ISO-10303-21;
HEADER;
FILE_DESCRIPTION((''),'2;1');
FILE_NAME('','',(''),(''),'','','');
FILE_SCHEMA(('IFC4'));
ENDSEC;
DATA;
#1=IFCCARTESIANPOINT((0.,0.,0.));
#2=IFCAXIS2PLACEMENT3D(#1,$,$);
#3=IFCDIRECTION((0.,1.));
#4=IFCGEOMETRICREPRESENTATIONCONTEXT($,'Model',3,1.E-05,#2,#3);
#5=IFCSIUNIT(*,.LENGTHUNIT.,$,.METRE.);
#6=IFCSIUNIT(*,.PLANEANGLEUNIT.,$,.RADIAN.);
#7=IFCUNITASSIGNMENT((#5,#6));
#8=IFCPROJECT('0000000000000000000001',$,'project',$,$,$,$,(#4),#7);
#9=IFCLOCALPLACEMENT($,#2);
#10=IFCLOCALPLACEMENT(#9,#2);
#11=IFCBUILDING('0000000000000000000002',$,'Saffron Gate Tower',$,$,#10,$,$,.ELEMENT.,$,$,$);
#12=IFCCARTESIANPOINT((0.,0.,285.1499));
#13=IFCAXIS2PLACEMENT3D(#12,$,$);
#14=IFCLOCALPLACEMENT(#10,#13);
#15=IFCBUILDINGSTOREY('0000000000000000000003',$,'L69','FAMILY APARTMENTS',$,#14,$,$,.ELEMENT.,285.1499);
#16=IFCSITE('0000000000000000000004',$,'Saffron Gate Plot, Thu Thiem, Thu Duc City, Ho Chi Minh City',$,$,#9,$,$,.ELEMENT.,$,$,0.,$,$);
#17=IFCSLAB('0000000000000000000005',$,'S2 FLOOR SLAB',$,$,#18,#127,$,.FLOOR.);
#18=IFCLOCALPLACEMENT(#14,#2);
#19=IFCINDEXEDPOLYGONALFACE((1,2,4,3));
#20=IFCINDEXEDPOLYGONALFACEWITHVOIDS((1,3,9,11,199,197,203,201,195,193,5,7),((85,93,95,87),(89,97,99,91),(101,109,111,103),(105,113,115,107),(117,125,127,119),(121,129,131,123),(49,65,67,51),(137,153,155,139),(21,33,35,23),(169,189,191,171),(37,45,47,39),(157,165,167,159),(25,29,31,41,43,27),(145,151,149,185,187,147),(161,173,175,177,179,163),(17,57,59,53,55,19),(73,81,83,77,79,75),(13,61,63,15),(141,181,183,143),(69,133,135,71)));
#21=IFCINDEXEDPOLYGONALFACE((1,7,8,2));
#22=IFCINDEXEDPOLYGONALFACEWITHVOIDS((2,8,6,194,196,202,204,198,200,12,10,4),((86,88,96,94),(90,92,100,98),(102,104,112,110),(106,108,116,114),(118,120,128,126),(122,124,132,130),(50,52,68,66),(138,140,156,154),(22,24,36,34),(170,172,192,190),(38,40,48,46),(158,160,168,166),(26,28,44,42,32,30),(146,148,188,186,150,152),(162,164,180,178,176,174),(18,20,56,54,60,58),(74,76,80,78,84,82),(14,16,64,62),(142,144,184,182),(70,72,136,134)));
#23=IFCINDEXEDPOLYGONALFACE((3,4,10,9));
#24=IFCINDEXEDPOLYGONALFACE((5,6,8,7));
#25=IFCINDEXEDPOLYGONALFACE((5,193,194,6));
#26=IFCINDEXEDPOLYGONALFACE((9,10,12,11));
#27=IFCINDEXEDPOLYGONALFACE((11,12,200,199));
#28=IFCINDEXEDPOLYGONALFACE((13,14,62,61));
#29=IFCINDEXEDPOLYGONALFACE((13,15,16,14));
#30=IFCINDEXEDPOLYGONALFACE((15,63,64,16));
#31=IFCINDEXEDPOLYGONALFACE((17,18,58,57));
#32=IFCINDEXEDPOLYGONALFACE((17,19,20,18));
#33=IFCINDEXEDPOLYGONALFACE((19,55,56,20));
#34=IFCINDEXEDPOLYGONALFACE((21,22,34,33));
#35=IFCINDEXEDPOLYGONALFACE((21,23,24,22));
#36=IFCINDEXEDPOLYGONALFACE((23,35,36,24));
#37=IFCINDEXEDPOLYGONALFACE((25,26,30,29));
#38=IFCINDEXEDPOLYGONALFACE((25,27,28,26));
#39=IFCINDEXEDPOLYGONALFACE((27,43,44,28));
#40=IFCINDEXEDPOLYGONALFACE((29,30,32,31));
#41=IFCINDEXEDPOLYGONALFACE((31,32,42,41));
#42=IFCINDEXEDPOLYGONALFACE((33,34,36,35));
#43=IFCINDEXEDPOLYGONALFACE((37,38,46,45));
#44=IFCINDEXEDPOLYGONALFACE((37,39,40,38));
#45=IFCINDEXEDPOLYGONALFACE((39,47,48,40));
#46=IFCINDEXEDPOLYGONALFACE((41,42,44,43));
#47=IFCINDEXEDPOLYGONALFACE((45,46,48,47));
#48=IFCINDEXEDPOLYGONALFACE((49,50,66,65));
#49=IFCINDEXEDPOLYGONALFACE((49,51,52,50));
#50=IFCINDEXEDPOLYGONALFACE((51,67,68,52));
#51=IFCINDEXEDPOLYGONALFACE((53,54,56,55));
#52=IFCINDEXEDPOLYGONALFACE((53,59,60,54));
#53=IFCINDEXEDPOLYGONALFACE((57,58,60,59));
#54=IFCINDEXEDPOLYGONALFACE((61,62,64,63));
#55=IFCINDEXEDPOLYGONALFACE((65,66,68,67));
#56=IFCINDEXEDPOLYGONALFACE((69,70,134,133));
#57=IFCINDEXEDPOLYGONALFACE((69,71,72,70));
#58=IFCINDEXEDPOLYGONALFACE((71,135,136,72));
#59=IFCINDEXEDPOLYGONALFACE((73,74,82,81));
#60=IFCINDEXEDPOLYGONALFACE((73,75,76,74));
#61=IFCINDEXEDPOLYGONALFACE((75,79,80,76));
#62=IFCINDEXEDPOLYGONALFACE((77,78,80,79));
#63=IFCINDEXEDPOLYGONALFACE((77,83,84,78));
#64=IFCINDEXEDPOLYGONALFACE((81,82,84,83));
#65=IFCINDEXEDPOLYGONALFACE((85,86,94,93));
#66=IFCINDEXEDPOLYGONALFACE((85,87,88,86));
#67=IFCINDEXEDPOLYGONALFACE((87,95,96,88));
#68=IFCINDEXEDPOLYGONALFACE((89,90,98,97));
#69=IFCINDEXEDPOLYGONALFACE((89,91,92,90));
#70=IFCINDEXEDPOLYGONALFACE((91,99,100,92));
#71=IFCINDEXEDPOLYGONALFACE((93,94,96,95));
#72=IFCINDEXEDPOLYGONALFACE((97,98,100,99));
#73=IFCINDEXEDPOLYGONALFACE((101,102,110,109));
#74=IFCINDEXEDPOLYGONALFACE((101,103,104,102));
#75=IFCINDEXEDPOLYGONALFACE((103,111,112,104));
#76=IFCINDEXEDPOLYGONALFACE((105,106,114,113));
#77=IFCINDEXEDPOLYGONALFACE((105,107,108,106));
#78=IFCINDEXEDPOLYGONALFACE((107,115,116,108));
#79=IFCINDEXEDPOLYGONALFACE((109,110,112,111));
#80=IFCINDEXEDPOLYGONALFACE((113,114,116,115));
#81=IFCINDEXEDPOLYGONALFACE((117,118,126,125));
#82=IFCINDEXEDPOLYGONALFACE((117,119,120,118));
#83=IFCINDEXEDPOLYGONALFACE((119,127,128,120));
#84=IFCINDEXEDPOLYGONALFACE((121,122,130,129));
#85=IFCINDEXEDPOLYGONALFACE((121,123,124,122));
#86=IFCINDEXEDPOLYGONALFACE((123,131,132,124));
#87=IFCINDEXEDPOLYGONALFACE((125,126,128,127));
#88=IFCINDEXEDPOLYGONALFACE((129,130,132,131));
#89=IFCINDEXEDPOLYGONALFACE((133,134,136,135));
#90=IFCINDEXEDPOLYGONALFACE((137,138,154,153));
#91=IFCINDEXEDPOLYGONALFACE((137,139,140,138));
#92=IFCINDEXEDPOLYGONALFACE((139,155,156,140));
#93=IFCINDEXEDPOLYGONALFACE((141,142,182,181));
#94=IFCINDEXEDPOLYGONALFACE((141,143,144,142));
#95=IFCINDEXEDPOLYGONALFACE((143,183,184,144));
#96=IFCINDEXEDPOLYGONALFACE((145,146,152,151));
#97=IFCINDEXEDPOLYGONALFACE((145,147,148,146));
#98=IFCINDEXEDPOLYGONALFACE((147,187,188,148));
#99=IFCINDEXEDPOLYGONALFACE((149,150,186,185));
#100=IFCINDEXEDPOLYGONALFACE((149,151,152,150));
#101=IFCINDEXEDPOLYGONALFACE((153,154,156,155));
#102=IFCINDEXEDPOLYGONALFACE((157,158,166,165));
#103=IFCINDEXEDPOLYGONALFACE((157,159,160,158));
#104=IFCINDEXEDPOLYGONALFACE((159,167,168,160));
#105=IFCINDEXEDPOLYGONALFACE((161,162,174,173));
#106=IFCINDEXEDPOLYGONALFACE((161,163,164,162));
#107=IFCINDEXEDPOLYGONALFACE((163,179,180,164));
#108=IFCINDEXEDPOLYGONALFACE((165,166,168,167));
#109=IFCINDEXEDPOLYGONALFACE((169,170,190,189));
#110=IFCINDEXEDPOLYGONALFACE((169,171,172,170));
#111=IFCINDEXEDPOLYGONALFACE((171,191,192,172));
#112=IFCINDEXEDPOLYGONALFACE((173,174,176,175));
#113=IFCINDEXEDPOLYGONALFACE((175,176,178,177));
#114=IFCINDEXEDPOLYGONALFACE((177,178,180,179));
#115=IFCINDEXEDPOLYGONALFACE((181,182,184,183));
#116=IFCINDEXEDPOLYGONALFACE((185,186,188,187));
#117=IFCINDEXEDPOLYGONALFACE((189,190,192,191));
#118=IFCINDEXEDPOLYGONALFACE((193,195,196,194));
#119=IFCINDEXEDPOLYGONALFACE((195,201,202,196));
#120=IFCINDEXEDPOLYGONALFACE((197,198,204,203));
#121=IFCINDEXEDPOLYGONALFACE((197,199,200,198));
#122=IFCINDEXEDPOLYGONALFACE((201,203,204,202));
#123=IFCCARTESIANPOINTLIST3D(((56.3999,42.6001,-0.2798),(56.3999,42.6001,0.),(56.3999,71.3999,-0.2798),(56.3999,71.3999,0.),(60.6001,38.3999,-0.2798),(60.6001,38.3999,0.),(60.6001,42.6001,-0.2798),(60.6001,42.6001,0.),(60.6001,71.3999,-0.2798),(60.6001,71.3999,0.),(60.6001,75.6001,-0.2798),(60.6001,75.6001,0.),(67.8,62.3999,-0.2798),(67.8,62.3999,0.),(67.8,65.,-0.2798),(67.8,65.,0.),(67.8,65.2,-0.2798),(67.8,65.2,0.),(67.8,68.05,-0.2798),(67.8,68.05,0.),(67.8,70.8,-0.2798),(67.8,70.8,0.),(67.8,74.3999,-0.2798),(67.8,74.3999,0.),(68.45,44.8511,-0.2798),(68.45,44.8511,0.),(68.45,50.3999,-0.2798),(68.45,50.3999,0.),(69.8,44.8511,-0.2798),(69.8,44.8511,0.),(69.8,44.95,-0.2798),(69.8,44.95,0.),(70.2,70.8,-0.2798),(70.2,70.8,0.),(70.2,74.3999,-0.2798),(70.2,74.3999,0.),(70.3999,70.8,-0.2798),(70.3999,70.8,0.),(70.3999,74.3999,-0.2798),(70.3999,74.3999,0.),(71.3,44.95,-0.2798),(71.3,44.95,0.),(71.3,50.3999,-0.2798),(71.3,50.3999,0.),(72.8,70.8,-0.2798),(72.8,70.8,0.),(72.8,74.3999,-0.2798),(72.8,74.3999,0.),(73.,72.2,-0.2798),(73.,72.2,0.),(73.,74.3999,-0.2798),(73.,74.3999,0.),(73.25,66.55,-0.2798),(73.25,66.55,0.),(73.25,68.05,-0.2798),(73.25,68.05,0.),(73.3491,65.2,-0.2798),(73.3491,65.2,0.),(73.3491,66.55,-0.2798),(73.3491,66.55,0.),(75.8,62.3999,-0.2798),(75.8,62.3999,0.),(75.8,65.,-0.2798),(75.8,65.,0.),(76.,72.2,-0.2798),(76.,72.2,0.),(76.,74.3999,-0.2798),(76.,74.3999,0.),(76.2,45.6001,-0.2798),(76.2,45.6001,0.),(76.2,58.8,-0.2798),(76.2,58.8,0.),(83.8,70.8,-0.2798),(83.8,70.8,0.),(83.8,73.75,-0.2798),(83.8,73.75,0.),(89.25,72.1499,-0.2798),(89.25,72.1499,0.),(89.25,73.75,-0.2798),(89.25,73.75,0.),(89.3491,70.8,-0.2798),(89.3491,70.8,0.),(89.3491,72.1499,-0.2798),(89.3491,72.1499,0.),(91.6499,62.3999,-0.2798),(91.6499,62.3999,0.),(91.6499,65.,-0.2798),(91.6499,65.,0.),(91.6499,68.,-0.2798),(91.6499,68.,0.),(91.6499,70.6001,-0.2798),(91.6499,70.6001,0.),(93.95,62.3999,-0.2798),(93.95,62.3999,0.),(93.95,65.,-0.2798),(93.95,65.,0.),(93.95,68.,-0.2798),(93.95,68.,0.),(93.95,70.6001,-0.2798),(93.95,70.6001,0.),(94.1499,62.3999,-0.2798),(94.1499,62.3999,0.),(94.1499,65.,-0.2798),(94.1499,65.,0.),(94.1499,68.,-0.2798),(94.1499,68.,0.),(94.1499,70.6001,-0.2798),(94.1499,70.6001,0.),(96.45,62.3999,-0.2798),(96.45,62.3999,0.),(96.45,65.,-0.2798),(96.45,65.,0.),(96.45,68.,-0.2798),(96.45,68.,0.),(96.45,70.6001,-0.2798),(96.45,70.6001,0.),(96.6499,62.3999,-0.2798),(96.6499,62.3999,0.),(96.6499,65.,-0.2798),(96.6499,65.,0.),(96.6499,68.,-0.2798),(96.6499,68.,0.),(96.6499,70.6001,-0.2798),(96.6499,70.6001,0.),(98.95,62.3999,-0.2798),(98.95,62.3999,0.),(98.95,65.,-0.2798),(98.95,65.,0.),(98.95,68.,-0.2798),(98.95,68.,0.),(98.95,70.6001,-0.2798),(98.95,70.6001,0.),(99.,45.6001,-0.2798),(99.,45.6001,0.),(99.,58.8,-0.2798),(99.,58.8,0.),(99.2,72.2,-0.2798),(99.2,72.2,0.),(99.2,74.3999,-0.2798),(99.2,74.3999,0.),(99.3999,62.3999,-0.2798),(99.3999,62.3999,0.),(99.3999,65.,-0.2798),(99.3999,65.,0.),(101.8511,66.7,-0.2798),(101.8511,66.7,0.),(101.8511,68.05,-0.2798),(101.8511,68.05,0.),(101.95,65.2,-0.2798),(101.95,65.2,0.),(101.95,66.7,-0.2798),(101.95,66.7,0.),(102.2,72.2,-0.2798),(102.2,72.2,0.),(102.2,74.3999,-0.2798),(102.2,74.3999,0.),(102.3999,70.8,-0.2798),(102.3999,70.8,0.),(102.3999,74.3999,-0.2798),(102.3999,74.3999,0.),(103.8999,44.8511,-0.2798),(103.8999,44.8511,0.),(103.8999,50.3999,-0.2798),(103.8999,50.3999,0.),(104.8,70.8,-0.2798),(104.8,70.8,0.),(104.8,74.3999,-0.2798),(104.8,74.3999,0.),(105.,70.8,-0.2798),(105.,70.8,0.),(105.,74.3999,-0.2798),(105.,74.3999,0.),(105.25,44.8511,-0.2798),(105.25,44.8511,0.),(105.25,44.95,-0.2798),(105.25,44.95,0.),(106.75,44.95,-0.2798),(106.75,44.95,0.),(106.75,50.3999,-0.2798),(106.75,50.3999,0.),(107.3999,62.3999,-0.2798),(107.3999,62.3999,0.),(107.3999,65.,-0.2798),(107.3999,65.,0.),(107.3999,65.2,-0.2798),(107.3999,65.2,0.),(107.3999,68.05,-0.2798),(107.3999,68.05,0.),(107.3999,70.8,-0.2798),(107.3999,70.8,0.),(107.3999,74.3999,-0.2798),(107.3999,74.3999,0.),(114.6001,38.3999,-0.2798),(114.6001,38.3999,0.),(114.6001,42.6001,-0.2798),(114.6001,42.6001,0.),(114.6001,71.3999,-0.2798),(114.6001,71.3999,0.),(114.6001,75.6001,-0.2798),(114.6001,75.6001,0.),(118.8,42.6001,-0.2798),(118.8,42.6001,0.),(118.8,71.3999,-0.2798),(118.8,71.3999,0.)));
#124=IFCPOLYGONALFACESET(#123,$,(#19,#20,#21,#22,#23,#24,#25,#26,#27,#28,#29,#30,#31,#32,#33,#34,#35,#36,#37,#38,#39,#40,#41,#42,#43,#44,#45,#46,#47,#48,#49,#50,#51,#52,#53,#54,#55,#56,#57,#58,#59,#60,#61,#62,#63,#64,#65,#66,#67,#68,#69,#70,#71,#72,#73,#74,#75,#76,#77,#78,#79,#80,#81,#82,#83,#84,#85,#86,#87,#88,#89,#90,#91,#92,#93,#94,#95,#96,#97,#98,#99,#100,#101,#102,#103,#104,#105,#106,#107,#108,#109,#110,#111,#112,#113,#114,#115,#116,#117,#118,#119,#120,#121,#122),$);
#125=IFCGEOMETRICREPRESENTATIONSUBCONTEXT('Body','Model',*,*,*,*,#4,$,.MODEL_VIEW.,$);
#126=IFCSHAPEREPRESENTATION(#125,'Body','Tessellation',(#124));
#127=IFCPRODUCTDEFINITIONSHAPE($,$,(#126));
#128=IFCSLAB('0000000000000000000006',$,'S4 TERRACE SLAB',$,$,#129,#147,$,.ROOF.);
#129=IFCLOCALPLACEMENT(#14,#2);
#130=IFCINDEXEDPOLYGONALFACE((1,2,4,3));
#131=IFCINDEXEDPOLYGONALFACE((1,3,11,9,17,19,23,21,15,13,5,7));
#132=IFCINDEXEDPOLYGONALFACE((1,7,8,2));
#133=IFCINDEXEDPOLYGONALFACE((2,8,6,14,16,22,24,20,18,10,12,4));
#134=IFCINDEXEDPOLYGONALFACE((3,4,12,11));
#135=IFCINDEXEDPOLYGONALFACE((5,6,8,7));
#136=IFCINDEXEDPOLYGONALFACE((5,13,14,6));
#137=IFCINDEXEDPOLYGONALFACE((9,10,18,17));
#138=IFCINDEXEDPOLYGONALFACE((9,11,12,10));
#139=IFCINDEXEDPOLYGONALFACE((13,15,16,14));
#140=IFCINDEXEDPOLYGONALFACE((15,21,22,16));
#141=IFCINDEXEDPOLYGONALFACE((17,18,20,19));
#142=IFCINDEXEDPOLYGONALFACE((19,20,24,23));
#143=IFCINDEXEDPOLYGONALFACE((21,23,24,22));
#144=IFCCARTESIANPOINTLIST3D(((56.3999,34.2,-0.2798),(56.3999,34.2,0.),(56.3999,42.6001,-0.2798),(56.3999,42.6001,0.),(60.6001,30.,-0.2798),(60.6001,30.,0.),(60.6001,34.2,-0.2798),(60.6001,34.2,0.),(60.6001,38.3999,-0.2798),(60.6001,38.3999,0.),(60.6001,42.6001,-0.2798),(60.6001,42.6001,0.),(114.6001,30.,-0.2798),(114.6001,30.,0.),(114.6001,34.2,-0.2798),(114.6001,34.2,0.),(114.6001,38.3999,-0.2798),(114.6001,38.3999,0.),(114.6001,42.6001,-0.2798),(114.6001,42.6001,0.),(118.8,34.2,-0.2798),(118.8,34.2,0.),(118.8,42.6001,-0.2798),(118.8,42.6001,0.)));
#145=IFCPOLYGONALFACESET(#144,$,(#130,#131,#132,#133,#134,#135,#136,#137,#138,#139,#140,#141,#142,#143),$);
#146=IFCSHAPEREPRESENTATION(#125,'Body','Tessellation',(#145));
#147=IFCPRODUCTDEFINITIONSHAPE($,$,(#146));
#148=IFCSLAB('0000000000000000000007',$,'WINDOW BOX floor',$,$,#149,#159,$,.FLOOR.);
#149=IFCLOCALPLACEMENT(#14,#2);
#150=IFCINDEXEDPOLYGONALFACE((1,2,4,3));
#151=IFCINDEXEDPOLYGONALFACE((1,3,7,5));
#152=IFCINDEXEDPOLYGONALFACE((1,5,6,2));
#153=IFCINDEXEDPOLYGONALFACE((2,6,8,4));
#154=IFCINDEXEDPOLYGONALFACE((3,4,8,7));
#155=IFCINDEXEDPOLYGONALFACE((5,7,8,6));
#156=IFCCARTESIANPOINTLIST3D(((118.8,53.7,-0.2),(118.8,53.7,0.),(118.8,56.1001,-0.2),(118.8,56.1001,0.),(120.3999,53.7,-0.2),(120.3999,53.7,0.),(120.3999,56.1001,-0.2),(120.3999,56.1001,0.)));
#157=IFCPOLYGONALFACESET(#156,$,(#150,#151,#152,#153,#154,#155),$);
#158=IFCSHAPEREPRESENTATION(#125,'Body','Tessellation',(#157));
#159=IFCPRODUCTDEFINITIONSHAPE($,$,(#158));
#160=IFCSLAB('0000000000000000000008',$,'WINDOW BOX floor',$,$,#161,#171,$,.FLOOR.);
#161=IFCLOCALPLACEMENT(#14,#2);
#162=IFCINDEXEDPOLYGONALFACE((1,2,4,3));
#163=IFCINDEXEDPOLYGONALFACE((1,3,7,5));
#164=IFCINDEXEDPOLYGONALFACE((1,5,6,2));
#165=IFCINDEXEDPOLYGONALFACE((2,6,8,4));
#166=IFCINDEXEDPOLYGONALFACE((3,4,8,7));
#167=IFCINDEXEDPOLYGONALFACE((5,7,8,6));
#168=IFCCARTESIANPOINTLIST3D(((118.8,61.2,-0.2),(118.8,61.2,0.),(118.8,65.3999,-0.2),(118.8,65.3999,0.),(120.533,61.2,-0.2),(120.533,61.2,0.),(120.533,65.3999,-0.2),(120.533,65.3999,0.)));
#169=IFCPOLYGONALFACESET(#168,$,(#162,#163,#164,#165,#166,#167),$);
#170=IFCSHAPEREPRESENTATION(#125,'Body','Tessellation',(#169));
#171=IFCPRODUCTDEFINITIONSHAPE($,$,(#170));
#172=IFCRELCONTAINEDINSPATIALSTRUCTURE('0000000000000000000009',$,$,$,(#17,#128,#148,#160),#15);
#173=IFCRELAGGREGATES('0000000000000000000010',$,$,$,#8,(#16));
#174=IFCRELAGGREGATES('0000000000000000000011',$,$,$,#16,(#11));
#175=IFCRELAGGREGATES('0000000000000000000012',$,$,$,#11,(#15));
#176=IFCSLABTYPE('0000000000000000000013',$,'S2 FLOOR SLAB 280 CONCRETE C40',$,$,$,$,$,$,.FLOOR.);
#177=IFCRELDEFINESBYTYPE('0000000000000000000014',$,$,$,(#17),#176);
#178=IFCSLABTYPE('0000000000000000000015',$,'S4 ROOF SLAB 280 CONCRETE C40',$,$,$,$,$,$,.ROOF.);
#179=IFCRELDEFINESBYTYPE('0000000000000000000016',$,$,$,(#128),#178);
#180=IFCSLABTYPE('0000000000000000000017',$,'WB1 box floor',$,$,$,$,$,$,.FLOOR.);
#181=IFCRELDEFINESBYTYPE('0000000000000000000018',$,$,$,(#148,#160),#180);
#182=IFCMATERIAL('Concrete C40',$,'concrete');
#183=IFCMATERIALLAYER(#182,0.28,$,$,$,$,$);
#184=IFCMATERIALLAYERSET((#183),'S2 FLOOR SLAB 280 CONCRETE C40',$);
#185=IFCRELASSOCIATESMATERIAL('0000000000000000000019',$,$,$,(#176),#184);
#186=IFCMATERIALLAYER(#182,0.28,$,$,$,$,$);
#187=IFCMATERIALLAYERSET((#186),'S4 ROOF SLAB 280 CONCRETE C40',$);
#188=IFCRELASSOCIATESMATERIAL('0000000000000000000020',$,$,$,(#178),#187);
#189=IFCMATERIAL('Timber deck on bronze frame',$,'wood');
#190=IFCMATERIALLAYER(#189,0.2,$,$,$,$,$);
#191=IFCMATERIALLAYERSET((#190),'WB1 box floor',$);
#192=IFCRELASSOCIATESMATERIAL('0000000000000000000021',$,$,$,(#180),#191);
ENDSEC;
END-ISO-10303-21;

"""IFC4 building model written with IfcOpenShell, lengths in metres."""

from ifc_helpers import new_model, si_unit, direction, frame, origin, place, context, subcontext, project, spatial, polyline, outline, extrude, material, layer, layer_set, type_object, element, save


model = new_model("IFC4")

# Units and contexts
model_context = context("Model", 3, precision=1e-05, world=origin(), true_north=direction((0.0, 1.0)))
body_context = subcontext(model_context, "Body", "Model", "MODEL_VIEW")
ifc_project = project(units=[si_unit("LENGTHUNIT", "METRE"), si_unit("PLANEANGLEUNIT", "RADIAN")], contexts=[model_context])

# Site, building, storey
site_placement = place(None, origin())
site = spatial("IfcSite", under=ifc_project, at=site_placement, Name="Saffron Gate Plot, Thu Thiem, Thu Duc City, Ho Chi Minh City", CompositionType="ELEMENT", RefElevation=0.0)
building_placement = place(site_placement, origin())
building = spatial("IfcBuilding", under=site, at=building_placement, Name="Saffron Gate Tower", CompositionType="ELEMENT")
storey_placement = place(building_placement, frame((0.0, 0.0, 285.1499)))
storey = spatial("IfcBuildingStorey", under=building, at=storey_placement, Name="L69", Description="FAMILY APARTMENTS", CompositionType="ELEMENT", Elevation=285.1499)

# Slabs
ifc_material_1 = material(Name="Concrete C40", Category="concrete")
ifc_layer_1 = layer(ifc_material_1, 0.28)
ifc_layer_set_1 = layer_set([ifc_layer_1], Name="S2 FLOOR SLAB 280 CONCRETE C40")
slab_type_1 = type_object("IfcSlabType", Name="S2 FLOOR SLAB 280 CONCRETE C40", PredefinedType="FLOOR", material=ifc_layer_set_1)
slab_1_placement = place(storey_placement, frame((0.0, 0.0, -0.2798)))
element("IfcSlab", 1, at=slab_1_placement, inside=storey, type_object=slab_type_1, Name="S2 FLOOR SLAB", PredefinedType="FLOOR", context=body_context, shape_type="SweptSolid", body=[
    extrude(outline(polyline([(56.3999, 42.6001), (60.6001, 42.6001), (60.6001, 38.3999), (114.6001, 38.3999), (114.6001, 42.6001), (118.8, 42.6001), (118.8, 71.3999), (114.6001, 71.3999), (114.6001, 75.6001), (60.6001, 75.6001), (60.6001, 71.3999), (56.3999, 71.3999), (56.3999, 42.6001)]), holes=[polyline([(67.8, 62.3999), (67.8, 65.0), (75.8, 65.0), (75.8, 62.3999), (67.8, 62.3999)]), polyline([(67.8, 65.2), (67.8, 68.05), (73.25, 68.05), (73.25, 66.55), (73.3491, 66.55), (73.3491, 65.2), (67.8, 65.2)]), polyline([(67.8, 70.8), (67.8, 74.3999), (70.2, 74.3999), (70.2, 70.8), (67.8, 70.8)]), polyline([(68.45, 44.8511), (68.45, 50.3999), (71.3, 50.3999), (71.3, 44.95), (69.8, 44.95), (69.8, 44.8511), (68.45, 44.8511)]), polyline([(70.3999, 70.8), (70.3999, 74.3999), (72.8, 74.3999), (72.8, 70.8), (70.3999, 70.8)]), polyline([(73.0, 72.2), (73.0, 74.3999), (76.0, 74.3999), (76.0, 72.2), (73.0, 72.2)]), polyline([(76.2, 45.6001), (76.2, 58.8), (99.0, 58.8), (99.0, 45.6001), (76.2, 45.6001)]), polyline([(83.8, 70.8), (83.8, 73.75), (89.25, 73.75), (89.25, 72.1499), (89.3491, 72.1499), (89.3491, 70.8), (83.8, 70.8)]), polyline([(91.6499, 62.3999), (91.6499, 65.0), (93.95, 65.0), (93.95, 62.3999), (91.6499, 62.3999)]), polyline([(91.6499, 68.0), (91.6499, 70.6001), (93.95, 70.6001), (93.95, 68.0), (91.6499, 68.0)]), polyline([(94.1499, 62.3999), (94.1499, 65.0), (96.45, 65.0), (96.45, 62.3999), (94.1499, 62.3999)]), polyline([(94.1499, 68.0), (94.1499, 70.6001), (96.45, 70.6001), (96.45, 68.0), (94.1499, 68.0)]), polyline([(96.6499, 62.3999), (96.6499, 65.0), (98.95, 65.0), (98.95, 62.3999), (96.6499, 62.3999)]), polyline([(96.6499, 68.0), (96.6499, 70.6001), (98.95, 70.6001), (98.95, 68.0), (96.6499, 68.0)]), polyline([(99.2, 72.2), (99.2, 74.3999), (102.2, 74.3999), (102.2, 72.2), (99.2, 72.2)]), polyline([(99.3999, 62.3999), (99.3999, 65.0), (107.3999, 65.0), (107.3999, 62.3999), (99.3999, 62.3999)]), polyline([(101.8511, 66.7), (101.8511, 68.05), (107.3999, 68.05), (107.3999, 65.2), (101.95, 65.2), (101.95, 66.7), (101.8511, 66.7)]), polyline([(102.3999, 70.8), (102.3999, 74.3999), (104.8, 74.3999), (104.8, 70.8), (102.3999, 70.8)]), polyline([(103.8999, 44.8511), (103.8999, 50.3999), (106.75, 50.3999), (106.75, 44.95), (105.25, 44.95), (105.25, 44.8511), (103.8999, 44.8511)]), polyline([(105.0, 70.8), (105.0, 74.3999), (107.3999, 74.3999), (107.3999, 70.8), (105.0, 70.8)])]), origin(), (0.0, 0.0, 1.0), 0.2798),
])
ifc_layer_2 = layer(ifc_material_1, 0.28)
ifc_layer_set_2 = layer_set([ifc_layer_2], Name="S4 ROOF SLAB 280 CONCRETE C40")
slab_type_2 = type_object("IfcSlabType", Name="S4 ROOF SLAB 280 CONCRETE C40", PredefinedType="ROOF", material=ifc_layer_set_2)
slab_2_placement = place(storey_placement, frame((0.0, 0.0, -0.2798)))
element("IfcSlab", 2, at=slab_2_placement, inside=storey, type_object=slab_type_2, Name="S4 TERRACE SLAB", PredefinedType="ROOF", context=body_context, shape_type="SweptSolid", body=[
    extrude(outline(polyline([(56.3999, 34.2), (60.6001, 34.2), (60.6001, 30.0), (114.6001, 30.0), (114.6001, 34.2), (118.8, 34.2), (118.8, 42.6001), (114.6001, 42.6001), (114.6001, 38.3999), (60.6001, 38.3999), (60.6001, 42.6001), (56.3999, 42.6001), (56.3999, 34.2)])), origin(), (0.0, 0.0, 1.0), 0.2798),
])
ifc_material_2 = material(Name="Timber deck on bronze frame", Category="wood")
ifc_layer_3 = layer(ifc_material_2, 0.2)
ifc_layer_set_3 = layer_set([ifc_layer_3], Name="WB1 box floor")
slab_type_3 = type_object("IfcSlabType", Name="WB1 box floor", PredefinedType="FLOOR", material=ifc_layer_set_3)
slab_3_placement = place(storey_placement, frame((0.0, 0.0, -0.2)))
element("IfcSlab", 3, at=slab_3_placement, inside=storey, type_object=slab_type_3, Name="WINDOW BOX floor", PredefinedType="FLOOR", context=body_context, shape_type="SweptSolid", body=[
    extrude(outline(polyline([(118.8, 53.7), (118.8, 56.1001), (120.3999, 56.1001), (120.3999, 53.7), (118.8, 53.7)])), origin(), (0.0, 0.0, 1.0), 0.2),
])
slab_4_placement = place(storey_placement, frame((0.0, 0.0, -0.2)))
element("IfcSlab", 4, at=slab_4_placement, inside=storey, type_object=slab_type_3, Name="WINDOW BOX floor", PredefinedType="FLOOR", context=body_context, shape_type="SweptSolid", body=[
    extrude(outline(polyline([(118.8, 61.2), (118.8, 65.3999), (120.533, 65.3999), (120.533, 61.2), (118.8, 61.2)])), origin(), (0.0, 0.0, 1.0), 0.2),
])

save(model, "model.ifc")
